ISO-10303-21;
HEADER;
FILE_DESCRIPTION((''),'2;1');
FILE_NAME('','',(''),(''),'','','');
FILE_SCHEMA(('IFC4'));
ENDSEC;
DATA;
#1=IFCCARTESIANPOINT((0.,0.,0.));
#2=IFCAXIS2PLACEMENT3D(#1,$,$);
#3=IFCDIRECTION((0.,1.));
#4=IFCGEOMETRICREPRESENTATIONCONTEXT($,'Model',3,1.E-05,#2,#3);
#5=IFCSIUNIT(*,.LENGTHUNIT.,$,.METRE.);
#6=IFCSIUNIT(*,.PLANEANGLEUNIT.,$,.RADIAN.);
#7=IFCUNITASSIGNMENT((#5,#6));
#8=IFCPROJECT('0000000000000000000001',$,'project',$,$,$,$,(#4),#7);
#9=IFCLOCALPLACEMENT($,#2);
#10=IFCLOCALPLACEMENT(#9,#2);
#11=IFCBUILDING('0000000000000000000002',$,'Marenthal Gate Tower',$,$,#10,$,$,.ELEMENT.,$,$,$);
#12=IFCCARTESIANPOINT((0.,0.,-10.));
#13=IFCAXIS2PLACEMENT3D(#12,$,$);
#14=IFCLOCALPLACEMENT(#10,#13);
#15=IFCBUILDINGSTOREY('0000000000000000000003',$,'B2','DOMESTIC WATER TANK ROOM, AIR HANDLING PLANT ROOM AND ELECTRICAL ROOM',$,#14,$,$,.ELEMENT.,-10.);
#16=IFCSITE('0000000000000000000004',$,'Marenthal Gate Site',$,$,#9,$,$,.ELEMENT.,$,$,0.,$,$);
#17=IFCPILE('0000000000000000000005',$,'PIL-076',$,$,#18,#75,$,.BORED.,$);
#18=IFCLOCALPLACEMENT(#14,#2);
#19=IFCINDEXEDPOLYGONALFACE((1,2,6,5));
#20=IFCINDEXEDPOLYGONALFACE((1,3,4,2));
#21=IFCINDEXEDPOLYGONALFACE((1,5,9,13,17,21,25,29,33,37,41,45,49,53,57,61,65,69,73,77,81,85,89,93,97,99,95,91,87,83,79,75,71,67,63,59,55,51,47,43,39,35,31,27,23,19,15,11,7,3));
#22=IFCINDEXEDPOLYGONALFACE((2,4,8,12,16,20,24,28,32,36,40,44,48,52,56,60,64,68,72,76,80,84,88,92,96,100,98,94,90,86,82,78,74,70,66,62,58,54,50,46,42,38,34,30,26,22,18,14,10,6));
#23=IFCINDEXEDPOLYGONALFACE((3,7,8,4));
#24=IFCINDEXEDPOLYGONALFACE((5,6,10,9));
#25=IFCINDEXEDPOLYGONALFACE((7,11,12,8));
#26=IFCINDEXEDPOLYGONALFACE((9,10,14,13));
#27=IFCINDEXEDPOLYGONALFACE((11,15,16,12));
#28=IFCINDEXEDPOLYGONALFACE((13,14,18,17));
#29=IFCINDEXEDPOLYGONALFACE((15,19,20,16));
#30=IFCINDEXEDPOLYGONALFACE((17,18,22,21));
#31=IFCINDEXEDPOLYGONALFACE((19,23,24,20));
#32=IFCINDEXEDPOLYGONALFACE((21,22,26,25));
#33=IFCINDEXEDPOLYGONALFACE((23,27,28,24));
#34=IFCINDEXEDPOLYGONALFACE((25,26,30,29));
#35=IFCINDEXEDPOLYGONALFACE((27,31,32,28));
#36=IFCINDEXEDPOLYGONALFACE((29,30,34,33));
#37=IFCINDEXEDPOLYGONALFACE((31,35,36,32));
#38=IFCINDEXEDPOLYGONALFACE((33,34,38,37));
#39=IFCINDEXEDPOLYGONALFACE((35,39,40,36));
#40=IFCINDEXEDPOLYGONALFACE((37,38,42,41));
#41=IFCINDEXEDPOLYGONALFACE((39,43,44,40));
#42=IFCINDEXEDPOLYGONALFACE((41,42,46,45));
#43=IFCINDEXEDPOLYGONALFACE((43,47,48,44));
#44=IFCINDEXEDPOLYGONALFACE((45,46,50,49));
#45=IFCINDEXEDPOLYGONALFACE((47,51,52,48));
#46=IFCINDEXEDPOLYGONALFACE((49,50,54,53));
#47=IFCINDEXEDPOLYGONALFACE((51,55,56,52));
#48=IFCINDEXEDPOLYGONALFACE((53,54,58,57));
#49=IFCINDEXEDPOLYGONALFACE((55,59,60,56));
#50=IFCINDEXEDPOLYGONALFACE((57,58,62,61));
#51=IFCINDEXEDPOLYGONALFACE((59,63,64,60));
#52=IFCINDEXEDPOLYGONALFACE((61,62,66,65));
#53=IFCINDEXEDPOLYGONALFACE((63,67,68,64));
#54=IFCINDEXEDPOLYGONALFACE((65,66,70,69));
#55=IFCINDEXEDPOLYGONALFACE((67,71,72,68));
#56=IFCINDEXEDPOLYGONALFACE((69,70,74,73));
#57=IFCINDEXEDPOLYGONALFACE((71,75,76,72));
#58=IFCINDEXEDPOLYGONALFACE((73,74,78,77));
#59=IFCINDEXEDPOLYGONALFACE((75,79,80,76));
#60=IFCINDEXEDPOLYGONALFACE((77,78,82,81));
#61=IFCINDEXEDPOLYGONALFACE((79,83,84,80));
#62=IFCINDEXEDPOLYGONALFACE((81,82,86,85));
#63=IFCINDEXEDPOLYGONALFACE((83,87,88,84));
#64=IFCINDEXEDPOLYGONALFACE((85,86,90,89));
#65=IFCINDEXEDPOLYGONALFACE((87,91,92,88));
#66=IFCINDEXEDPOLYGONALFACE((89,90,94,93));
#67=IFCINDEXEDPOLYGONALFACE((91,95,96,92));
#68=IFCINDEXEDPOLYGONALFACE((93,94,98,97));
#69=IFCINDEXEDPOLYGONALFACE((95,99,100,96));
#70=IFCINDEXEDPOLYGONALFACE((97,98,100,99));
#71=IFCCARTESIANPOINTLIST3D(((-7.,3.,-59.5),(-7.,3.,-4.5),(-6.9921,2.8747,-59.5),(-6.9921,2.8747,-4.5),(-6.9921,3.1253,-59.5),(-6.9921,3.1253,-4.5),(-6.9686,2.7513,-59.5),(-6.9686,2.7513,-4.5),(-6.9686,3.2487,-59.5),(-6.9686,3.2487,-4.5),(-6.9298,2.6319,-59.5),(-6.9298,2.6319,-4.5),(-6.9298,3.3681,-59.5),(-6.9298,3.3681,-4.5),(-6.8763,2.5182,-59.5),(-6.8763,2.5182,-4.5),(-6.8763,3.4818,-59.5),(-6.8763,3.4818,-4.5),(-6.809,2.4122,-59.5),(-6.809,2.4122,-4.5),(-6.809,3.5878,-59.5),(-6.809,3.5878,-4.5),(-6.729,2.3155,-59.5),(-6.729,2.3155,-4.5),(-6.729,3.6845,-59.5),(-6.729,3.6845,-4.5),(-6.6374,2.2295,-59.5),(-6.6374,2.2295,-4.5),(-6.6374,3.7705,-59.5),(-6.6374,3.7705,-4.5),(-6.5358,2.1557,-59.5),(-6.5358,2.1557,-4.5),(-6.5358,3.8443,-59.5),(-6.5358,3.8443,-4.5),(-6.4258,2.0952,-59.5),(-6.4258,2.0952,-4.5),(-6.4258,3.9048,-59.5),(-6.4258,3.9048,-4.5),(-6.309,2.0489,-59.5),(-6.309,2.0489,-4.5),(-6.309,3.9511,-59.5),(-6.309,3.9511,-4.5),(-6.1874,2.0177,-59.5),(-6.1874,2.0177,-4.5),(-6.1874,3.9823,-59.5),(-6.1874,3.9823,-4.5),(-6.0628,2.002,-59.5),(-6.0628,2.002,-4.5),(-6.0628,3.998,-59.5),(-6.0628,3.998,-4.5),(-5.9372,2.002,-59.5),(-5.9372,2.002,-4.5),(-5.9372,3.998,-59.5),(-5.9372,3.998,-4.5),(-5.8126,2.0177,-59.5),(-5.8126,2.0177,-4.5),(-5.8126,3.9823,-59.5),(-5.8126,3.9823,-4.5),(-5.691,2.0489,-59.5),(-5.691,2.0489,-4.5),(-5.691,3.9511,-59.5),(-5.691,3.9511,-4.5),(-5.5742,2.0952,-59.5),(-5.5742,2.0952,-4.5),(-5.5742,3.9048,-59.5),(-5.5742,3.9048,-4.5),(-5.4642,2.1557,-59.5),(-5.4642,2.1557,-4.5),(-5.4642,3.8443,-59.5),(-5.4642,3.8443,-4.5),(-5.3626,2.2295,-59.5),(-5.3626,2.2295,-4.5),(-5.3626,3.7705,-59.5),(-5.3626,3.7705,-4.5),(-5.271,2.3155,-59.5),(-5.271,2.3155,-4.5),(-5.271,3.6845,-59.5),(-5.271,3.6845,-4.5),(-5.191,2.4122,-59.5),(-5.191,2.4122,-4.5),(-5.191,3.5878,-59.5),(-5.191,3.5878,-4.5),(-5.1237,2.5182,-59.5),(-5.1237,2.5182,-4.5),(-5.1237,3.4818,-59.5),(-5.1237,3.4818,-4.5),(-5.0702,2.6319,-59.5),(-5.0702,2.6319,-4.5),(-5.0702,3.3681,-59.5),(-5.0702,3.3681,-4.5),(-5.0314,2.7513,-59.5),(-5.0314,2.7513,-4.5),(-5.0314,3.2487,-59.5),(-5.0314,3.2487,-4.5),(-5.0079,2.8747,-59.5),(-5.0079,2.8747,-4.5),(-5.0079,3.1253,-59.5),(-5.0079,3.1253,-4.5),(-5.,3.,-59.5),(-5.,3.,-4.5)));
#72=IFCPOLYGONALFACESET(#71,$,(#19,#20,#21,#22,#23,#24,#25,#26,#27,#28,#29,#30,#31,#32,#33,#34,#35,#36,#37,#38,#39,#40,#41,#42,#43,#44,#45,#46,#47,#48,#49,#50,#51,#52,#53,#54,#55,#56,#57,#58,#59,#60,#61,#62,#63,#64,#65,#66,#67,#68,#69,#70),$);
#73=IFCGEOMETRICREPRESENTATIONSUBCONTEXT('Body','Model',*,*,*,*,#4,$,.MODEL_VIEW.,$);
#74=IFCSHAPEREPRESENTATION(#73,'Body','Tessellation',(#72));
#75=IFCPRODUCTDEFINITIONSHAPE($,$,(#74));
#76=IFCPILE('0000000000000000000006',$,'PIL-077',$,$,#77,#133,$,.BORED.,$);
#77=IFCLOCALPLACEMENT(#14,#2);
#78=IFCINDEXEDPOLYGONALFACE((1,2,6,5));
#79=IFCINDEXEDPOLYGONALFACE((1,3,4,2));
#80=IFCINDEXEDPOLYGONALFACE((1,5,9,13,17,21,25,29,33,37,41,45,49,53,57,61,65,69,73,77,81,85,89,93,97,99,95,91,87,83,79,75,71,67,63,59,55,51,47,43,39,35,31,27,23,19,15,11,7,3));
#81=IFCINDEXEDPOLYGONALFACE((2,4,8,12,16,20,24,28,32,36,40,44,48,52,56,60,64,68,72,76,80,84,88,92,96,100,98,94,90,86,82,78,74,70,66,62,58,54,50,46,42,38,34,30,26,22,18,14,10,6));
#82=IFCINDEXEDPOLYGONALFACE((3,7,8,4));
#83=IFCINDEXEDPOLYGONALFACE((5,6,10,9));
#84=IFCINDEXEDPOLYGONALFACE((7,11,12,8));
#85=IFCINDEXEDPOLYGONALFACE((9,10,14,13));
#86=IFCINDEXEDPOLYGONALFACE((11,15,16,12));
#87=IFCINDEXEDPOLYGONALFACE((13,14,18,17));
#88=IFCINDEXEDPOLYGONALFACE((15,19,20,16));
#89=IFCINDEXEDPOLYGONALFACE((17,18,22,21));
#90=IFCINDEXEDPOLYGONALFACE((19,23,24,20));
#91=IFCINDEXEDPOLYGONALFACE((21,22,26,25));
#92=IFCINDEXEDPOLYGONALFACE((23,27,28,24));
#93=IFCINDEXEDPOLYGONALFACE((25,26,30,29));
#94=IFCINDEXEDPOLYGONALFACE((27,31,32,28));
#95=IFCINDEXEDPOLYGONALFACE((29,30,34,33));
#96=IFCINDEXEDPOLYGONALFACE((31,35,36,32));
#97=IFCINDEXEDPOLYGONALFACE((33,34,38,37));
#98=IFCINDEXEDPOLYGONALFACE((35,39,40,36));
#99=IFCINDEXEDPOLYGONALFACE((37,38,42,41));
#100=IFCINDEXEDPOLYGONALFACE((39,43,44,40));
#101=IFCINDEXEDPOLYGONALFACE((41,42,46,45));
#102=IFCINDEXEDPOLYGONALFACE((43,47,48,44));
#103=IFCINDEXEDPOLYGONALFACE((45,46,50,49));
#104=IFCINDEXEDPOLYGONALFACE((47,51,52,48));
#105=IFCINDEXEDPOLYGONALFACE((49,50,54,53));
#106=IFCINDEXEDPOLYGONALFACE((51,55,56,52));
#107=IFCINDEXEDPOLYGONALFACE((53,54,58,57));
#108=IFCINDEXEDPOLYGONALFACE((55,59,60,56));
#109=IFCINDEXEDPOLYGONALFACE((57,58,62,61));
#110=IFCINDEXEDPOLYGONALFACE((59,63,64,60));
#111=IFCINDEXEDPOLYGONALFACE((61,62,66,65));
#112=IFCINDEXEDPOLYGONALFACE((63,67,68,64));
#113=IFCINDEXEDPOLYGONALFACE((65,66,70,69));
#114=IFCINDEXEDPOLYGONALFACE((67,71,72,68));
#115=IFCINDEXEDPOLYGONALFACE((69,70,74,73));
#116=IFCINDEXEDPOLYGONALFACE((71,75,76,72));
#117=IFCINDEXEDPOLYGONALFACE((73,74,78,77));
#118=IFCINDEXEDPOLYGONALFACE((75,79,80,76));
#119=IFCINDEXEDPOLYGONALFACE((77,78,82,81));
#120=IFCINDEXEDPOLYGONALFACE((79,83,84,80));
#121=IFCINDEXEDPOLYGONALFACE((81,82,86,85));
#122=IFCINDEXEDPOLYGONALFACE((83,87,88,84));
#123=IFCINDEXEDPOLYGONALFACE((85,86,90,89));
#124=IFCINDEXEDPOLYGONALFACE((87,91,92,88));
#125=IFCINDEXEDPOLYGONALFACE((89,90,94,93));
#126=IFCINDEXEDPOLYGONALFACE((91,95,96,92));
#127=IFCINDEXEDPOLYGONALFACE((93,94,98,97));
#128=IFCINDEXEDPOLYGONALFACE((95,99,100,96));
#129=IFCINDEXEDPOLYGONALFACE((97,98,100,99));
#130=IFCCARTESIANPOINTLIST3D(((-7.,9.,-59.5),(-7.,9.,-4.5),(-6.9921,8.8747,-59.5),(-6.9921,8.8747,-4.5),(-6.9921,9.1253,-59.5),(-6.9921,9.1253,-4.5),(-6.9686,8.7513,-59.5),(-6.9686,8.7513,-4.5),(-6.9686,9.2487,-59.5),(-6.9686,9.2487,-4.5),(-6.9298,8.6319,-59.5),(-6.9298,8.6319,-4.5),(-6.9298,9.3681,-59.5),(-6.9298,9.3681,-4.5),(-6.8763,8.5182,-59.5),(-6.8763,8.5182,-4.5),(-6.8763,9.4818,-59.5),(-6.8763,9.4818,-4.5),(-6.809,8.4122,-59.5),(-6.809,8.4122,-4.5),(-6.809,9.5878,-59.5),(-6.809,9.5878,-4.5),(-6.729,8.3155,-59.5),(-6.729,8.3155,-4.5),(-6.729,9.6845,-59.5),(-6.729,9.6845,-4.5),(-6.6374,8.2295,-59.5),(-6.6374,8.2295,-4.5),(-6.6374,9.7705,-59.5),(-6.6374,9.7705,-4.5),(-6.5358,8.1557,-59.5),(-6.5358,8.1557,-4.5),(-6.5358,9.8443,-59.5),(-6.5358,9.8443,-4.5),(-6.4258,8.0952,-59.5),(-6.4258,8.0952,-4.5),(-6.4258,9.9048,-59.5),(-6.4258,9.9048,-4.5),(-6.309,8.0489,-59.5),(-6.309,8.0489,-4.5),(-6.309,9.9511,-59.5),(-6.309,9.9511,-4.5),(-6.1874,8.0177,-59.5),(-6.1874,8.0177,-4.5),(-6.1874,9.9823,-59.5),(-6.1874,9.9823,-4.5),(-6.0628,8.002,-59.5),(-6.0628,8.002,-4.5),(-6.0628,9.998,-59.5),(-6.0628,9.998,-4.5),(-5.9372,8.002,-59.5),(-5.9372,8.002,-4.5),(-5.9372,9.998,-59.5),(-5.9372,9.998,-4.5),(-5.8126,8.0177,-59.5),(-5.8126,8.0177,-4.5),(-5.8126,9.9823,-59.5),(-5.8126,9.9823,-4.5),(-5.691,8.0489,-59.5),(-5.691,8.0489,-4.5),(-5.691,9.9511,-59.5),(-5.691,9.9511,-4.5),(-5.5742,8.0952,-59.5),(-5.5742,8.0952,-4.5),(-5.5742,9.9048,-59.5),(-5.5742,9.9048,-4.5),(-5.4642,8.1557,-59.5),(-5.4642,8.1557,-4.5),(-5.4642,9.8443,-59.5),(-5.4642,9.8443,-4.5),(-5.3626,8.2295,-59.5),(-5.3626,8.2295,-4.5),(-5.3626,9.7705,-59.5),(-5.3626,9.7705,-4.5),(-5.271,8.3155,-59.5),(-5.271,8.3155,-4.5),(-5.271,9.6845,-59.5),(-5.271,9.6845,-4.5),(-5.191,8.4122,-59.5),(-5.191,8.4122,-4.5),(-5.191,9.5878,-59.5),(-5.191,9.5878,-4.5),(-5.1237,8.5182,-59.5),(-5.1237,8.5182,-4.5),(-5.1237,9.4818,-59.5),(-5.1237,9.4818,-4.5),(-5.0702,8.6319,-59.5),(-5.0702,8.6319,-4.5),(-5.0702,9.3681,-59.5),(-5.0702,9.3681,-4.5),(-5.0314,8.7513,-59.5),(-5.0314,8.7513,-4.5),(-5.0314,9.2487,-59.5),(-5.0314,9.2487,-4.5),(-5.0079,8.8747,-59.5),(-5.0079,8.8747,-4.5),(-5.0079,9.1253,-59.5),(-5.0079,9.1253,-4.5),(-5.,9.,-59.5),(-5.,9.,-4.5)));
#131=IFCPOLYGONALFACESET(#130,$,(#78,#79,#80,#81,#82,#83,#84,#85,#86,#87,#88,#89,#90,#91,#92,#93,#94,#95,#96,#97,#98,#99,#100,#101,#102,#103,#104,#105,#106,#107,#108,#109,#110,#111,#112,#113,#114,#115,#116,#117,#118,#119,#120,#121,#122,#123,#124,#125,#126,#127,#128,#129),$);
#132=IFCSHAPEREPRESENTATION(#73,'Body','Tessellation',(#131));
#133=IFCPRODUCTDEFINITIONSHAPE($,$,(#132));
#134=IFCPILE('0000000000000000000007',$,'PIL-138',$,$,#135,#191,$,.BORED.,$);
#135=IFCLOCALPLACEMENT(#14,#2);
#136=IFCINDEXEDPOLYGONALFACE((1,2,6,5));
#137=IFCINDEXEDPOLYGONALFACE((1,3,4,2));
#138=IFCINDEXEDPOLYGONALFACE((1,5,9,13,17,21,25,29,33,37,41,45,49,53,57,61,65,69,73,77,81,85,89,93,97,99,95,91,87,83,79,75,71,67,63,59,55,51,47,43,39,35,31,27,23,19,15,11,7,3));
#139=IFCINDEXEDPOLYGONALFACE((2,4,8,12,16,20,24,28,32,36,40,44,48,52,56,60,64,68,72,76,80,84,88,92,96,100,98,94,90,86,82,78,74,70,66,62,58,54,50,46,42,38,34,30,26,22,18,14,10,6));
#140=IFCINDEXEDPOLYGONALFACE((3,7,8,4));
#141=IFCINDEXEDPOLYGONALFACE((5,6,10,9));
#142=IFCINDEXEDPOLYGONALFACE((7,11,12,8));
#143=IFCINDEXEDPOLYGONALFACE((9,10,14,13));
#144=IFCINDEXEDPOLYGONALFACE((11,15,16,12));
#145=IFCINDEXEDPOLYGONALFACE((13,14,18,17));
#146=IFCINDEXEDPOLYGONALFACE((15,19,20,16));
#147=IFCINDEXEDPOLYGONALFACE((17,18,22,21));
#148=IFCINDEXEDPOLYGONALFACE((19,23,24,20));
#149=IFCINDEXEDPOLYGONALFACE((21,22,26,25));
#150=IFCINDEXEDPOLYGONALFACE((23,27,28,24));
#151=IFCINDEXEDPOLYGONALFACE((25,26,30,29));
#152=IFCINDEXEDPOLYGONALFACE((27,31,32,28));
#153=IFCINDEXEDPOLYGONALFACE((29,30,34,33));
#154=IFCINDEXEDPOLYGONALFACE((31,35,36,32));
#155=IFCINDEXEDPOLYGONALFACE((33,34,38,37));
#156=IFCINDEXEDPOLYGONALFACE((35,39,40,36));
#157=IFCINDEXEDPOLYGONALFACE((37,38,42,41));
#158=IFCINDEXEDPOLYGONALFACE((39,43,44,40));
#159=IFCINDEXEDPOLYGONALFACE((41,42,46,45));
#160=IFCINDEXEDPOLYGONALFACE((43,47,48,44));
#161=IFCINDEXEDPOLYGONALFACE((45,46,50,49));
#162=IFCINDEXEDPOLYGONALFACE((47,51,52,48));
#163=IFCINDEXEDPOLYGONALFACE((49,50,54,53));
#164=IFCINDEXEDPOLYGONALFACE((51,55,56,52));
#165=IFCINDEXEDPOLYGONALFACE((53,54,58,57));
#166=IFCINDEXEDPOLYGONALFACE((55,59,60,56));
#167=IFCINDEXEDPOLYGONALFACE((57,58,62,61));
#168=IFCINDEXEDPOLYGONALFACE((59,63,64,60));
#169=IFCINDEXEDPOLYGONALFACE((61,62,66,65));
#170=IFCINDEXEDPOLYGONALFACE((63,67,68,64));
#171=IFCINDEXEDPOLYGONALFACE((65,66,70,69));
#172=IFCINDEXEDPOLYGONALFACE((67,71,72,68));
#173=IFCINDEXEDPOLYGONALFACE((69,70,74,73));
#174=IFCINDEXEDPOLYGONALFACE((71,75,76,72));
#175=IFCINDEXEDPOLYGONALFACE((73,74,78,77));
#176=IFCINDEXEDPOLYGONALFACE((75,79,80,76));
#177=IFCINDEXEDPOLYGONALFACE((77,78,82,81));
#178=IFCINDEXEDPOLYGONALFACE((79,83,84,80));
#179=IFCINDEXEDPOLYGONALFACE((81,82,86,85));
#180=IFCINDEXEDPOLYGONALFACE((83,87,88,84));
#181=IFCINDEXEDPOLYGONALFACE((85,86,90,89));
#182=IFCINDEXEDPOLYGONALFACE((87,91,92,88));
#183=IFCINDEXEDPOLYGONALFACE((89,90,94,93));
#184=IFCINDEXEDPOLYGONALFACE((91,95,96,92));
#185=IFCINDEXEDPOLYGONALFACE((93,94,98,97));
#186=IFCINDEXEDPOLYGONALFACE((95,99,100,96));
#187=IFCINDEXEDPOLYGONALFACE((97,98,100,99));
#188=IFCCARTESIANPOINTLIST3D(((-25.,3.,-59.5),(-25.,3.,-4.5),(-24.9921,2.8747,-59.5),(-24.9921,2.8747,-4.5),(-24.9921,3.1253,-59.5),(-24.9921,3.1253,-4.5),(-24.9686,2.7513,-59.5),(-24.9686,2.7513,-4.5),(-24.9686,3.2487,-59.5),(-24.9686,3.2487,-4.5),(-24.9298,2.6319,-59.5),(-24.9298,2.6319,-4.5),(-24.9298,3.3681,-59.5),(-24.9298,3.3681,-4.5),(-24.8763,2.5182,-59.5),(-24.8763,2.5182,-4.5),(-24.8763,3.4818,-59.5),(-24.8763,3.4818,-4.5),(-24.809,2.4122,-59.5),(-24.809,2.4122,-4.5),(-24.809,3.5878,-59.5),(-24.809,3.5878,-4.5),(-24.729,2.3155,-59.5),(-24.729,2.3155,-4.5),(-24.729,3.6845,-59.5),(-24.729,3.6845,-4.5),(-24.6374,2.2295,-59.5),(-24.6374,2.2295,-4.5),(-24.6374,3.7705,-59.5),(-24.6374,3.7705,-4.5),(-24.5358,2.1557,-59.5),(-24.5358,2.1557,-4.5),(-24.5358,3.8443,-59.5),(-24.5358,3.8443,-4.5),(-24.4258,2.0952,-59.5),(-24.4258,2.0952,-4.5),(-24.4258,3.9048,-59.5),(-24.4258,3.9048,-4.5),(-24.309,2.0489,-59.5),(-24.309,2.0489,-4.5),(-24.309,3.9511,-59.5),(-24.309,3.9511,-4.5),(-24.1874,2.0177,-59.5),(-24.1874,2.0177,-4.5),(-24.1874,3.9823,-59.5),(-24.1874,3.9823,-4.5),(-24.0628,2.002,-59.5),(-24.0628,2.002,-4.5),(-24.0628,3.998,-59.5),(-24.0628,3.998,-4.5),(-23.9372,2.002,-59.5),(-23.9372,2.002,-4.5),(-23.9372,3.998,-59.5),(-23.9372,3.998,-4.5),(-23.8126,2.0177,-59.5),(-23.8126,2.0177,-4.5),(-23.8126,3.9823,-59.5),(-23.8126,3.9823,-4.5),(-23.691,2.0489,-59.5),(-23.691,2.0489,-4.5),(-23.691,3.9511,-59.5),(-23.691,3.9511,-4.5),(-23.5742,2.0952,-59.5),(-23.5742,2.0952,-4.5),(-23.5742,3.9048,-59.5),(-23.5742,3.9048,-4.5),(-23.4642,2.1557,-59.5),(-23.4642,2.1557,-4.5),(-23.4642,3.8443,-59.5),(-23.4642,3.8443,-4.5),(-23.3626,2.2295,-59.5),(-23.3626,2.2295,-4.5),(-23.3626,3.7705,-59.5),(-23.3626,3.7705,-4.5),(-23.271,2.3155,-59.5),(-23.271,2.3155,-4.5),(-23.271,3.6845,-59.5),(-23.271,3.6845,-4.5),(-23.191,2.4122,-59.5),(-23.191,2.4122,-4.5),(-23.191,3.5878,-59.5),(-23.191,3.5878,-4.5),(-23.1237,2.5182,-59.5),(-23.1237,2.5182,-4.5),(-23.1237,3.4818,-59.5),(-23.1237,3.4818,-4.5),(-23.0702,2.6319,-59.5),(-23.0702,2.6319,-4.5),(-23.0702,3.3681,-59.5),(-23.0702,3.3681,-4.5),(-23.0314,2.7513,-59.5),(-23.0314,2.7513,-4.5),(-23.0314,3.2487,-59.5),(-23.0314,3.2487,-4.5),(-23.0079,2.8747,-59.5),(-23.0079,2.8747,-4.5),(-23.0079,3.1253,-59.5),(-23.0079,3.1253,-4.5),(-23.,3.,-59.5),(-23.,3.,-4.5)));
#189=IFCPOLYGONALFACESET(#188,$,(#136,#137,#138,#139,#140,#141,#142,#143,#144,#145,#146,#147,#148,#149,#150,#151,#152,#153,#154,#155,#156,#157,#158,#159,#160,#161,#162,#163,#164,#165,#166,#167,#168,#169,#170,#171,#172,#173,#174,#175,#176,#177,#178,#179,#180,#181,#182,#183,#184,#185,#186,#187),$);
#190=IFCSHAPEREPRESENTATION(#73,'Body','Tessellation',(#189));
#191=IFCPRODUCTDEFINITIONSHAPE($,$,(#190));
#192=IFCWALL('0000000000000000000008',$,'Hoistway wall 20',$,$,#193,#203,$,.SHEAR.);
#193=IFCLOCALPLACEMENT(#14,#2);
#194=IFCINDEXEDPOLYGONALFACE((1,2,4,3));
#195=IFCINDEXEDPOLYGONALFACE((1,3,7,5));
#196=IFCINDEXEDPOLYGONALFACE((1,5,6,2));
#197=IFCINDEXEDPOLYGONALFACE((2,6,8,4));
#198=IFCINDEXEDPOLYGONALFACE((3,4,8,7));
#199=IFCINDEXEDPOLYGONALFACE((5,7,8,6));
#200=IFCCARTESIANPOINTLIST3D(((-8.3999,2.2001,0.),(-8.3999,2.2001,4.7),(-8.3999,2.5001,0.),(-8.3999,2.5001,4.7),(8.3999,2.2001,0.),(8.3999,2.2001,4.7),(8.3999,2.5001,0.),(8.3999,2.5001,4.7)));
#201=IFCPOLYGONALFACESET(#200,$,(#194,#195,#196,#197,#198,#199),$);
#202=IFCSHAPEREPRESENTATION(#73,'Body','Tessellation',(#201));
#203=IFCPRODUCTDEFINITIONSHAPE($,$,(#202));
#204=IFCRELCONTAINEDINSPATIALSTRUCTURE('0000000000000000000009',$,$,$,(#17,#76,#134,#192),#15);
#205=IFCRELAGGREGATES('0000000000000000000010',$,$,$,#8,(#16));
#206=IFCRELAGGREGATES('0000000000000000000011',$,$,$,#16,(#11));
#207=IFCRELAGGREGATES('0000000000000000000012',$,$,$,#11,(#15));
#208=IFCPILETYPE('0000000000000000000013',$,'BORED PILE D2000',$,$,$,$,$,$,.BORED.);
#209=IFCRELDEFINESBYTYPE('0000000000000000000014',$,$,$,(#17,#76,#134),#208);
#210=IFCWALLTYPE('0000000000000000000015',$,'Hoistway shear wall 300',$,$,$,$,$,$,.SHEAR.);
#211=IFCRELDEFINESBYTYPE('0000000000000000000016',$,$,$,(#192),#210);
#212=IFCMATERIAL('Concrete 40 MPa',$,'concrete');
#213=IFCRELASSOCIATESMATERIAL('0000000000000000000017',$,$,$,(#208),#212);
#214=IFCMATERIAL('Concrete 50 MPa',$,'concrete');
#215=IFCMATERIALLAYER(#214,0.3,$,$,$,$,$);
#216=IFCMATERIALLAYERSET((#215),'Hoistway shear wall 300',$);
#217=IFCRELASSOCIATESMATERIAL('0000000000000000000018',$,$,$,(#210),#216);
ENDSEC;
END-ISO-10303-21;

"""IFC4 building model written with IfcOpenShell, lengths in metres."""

from ifc_helpers import new_model, si_unit, direction, frame, frame_2d, origin, origin_2d, place, context, subcontext, project, spatial, rectangle, circle, extrude, material, layer, layer_set, type_object, element, save


model = new_model("IFC4")

# Units and contexts
model_context = context("Model", 3, precision=1e-05, world=origin(), true_north=direction((0.0, 1.0)))
body_context = subcontext(model_context, "Body", "Model", "MODEL_VIEW")
ifc_project = project(units=[si_unit("LENGTHUNIT", "METRE"), si_unit("PLANEANGLEUNIT", "RADIAN")], contexts=[model_context])

# Site, building, storey
site_placement = place(None, origin())
site = spatial("IfcSite", under=ifc_project, at=site_placement, Name="Marenthal Gate Site", CompositionType="ELEMENT", RefElevation=0.0)
building_placement = place(site_placement, origin())
building = spatial("IfcBuilding", under=site, at=building_placement, Name="Marenthal Gate Tower", CompositionType="ELEMENT")
storey_placement = place(building_placement, frame((0.0, 0.0, -10.0)))
storey = spatial("IfcBuildingStorey", under=building, at=storey_placement, Name="B2", Description="DOMESTIC WATER TANK ROOM, AIR HANDLING PLANT ROOM AND ELECTRICAL ROOM", CompositionType="ELEMENT", Elevation=-10.0)

# Piles
ifc_material_1 = material(Name="Concrete 40 MPa", Category="concrete")
pile_type = type_object("IfcPileType", Name="BORED PILE D2000", PredefinedType="BORED", material=ifc_material_1)
for number, where, z_axis, x_axis, name in (
    (1, (-6.0, 3.0, -4.5), (0.0, 0.0, -1.0), (1.0, 0.0, 0.0), "PIL-076"),
    (2, (-6.0, 9.0, -4.5), (0.0, 0.0, -1.0), (1.0, 0.0, 0.0), "PIL-077"),
    (3, (-24.0, 3.0, -4.5), (0.0, 0.0, -1.0), (1.0, 0.0, 0.0), "PIL-138"),
):
    element("IfcPile", number, at=place(storey_placement, frame(where, z_axis=z_axis, x_axis=x_axis)), inside=storey, type_object=pile_type, Name=name, PredefinedType="BORED", context=body_context, shape_type="SweptSolid", body=[
        extrude(circle(Radius=1.0, at=origin_2d()), origin(), (0.0, 0.0, 1.0), 55.0),
    ])

# Wall
ifc_material_2 = material(Name="Concrete 50 MPa", Category="concrete")
ifc_layer_1 = layer(ifc_material_2, 0.3)
ifc_layer_set_1 = layer_set([ifc_layer_1], Name="Hoistway shear wall 300")
wall_type_1 = type_object("IfcWallType", Name="Hoistway shear wall 300", PredefinedType="SHEAR", material=ifc_layer_set_1)
wall_1_placement = place(storey_placement, frame((-8.3999, 2.3501, 0.0), z_axis=(0.0, 0.0, 1.0), x_axis=(1.0, 0.0, 0.0)))
element("IfcWall", 4, at=wall_1_placement, inside=storey, type_object=wall_type_1, Name="Hoistway wall 20", PredefinedType="SHEAR", context=body_context, shape_type="SweptSolid", body=[
    extrude(rectangle(XDim=16.7998, YDim=0.3, at=frame_2d((8.3999, 0.0))), origin(), (0.0, 0.0, 1.0), 4.7),
])

save(model, "model.ifc")
